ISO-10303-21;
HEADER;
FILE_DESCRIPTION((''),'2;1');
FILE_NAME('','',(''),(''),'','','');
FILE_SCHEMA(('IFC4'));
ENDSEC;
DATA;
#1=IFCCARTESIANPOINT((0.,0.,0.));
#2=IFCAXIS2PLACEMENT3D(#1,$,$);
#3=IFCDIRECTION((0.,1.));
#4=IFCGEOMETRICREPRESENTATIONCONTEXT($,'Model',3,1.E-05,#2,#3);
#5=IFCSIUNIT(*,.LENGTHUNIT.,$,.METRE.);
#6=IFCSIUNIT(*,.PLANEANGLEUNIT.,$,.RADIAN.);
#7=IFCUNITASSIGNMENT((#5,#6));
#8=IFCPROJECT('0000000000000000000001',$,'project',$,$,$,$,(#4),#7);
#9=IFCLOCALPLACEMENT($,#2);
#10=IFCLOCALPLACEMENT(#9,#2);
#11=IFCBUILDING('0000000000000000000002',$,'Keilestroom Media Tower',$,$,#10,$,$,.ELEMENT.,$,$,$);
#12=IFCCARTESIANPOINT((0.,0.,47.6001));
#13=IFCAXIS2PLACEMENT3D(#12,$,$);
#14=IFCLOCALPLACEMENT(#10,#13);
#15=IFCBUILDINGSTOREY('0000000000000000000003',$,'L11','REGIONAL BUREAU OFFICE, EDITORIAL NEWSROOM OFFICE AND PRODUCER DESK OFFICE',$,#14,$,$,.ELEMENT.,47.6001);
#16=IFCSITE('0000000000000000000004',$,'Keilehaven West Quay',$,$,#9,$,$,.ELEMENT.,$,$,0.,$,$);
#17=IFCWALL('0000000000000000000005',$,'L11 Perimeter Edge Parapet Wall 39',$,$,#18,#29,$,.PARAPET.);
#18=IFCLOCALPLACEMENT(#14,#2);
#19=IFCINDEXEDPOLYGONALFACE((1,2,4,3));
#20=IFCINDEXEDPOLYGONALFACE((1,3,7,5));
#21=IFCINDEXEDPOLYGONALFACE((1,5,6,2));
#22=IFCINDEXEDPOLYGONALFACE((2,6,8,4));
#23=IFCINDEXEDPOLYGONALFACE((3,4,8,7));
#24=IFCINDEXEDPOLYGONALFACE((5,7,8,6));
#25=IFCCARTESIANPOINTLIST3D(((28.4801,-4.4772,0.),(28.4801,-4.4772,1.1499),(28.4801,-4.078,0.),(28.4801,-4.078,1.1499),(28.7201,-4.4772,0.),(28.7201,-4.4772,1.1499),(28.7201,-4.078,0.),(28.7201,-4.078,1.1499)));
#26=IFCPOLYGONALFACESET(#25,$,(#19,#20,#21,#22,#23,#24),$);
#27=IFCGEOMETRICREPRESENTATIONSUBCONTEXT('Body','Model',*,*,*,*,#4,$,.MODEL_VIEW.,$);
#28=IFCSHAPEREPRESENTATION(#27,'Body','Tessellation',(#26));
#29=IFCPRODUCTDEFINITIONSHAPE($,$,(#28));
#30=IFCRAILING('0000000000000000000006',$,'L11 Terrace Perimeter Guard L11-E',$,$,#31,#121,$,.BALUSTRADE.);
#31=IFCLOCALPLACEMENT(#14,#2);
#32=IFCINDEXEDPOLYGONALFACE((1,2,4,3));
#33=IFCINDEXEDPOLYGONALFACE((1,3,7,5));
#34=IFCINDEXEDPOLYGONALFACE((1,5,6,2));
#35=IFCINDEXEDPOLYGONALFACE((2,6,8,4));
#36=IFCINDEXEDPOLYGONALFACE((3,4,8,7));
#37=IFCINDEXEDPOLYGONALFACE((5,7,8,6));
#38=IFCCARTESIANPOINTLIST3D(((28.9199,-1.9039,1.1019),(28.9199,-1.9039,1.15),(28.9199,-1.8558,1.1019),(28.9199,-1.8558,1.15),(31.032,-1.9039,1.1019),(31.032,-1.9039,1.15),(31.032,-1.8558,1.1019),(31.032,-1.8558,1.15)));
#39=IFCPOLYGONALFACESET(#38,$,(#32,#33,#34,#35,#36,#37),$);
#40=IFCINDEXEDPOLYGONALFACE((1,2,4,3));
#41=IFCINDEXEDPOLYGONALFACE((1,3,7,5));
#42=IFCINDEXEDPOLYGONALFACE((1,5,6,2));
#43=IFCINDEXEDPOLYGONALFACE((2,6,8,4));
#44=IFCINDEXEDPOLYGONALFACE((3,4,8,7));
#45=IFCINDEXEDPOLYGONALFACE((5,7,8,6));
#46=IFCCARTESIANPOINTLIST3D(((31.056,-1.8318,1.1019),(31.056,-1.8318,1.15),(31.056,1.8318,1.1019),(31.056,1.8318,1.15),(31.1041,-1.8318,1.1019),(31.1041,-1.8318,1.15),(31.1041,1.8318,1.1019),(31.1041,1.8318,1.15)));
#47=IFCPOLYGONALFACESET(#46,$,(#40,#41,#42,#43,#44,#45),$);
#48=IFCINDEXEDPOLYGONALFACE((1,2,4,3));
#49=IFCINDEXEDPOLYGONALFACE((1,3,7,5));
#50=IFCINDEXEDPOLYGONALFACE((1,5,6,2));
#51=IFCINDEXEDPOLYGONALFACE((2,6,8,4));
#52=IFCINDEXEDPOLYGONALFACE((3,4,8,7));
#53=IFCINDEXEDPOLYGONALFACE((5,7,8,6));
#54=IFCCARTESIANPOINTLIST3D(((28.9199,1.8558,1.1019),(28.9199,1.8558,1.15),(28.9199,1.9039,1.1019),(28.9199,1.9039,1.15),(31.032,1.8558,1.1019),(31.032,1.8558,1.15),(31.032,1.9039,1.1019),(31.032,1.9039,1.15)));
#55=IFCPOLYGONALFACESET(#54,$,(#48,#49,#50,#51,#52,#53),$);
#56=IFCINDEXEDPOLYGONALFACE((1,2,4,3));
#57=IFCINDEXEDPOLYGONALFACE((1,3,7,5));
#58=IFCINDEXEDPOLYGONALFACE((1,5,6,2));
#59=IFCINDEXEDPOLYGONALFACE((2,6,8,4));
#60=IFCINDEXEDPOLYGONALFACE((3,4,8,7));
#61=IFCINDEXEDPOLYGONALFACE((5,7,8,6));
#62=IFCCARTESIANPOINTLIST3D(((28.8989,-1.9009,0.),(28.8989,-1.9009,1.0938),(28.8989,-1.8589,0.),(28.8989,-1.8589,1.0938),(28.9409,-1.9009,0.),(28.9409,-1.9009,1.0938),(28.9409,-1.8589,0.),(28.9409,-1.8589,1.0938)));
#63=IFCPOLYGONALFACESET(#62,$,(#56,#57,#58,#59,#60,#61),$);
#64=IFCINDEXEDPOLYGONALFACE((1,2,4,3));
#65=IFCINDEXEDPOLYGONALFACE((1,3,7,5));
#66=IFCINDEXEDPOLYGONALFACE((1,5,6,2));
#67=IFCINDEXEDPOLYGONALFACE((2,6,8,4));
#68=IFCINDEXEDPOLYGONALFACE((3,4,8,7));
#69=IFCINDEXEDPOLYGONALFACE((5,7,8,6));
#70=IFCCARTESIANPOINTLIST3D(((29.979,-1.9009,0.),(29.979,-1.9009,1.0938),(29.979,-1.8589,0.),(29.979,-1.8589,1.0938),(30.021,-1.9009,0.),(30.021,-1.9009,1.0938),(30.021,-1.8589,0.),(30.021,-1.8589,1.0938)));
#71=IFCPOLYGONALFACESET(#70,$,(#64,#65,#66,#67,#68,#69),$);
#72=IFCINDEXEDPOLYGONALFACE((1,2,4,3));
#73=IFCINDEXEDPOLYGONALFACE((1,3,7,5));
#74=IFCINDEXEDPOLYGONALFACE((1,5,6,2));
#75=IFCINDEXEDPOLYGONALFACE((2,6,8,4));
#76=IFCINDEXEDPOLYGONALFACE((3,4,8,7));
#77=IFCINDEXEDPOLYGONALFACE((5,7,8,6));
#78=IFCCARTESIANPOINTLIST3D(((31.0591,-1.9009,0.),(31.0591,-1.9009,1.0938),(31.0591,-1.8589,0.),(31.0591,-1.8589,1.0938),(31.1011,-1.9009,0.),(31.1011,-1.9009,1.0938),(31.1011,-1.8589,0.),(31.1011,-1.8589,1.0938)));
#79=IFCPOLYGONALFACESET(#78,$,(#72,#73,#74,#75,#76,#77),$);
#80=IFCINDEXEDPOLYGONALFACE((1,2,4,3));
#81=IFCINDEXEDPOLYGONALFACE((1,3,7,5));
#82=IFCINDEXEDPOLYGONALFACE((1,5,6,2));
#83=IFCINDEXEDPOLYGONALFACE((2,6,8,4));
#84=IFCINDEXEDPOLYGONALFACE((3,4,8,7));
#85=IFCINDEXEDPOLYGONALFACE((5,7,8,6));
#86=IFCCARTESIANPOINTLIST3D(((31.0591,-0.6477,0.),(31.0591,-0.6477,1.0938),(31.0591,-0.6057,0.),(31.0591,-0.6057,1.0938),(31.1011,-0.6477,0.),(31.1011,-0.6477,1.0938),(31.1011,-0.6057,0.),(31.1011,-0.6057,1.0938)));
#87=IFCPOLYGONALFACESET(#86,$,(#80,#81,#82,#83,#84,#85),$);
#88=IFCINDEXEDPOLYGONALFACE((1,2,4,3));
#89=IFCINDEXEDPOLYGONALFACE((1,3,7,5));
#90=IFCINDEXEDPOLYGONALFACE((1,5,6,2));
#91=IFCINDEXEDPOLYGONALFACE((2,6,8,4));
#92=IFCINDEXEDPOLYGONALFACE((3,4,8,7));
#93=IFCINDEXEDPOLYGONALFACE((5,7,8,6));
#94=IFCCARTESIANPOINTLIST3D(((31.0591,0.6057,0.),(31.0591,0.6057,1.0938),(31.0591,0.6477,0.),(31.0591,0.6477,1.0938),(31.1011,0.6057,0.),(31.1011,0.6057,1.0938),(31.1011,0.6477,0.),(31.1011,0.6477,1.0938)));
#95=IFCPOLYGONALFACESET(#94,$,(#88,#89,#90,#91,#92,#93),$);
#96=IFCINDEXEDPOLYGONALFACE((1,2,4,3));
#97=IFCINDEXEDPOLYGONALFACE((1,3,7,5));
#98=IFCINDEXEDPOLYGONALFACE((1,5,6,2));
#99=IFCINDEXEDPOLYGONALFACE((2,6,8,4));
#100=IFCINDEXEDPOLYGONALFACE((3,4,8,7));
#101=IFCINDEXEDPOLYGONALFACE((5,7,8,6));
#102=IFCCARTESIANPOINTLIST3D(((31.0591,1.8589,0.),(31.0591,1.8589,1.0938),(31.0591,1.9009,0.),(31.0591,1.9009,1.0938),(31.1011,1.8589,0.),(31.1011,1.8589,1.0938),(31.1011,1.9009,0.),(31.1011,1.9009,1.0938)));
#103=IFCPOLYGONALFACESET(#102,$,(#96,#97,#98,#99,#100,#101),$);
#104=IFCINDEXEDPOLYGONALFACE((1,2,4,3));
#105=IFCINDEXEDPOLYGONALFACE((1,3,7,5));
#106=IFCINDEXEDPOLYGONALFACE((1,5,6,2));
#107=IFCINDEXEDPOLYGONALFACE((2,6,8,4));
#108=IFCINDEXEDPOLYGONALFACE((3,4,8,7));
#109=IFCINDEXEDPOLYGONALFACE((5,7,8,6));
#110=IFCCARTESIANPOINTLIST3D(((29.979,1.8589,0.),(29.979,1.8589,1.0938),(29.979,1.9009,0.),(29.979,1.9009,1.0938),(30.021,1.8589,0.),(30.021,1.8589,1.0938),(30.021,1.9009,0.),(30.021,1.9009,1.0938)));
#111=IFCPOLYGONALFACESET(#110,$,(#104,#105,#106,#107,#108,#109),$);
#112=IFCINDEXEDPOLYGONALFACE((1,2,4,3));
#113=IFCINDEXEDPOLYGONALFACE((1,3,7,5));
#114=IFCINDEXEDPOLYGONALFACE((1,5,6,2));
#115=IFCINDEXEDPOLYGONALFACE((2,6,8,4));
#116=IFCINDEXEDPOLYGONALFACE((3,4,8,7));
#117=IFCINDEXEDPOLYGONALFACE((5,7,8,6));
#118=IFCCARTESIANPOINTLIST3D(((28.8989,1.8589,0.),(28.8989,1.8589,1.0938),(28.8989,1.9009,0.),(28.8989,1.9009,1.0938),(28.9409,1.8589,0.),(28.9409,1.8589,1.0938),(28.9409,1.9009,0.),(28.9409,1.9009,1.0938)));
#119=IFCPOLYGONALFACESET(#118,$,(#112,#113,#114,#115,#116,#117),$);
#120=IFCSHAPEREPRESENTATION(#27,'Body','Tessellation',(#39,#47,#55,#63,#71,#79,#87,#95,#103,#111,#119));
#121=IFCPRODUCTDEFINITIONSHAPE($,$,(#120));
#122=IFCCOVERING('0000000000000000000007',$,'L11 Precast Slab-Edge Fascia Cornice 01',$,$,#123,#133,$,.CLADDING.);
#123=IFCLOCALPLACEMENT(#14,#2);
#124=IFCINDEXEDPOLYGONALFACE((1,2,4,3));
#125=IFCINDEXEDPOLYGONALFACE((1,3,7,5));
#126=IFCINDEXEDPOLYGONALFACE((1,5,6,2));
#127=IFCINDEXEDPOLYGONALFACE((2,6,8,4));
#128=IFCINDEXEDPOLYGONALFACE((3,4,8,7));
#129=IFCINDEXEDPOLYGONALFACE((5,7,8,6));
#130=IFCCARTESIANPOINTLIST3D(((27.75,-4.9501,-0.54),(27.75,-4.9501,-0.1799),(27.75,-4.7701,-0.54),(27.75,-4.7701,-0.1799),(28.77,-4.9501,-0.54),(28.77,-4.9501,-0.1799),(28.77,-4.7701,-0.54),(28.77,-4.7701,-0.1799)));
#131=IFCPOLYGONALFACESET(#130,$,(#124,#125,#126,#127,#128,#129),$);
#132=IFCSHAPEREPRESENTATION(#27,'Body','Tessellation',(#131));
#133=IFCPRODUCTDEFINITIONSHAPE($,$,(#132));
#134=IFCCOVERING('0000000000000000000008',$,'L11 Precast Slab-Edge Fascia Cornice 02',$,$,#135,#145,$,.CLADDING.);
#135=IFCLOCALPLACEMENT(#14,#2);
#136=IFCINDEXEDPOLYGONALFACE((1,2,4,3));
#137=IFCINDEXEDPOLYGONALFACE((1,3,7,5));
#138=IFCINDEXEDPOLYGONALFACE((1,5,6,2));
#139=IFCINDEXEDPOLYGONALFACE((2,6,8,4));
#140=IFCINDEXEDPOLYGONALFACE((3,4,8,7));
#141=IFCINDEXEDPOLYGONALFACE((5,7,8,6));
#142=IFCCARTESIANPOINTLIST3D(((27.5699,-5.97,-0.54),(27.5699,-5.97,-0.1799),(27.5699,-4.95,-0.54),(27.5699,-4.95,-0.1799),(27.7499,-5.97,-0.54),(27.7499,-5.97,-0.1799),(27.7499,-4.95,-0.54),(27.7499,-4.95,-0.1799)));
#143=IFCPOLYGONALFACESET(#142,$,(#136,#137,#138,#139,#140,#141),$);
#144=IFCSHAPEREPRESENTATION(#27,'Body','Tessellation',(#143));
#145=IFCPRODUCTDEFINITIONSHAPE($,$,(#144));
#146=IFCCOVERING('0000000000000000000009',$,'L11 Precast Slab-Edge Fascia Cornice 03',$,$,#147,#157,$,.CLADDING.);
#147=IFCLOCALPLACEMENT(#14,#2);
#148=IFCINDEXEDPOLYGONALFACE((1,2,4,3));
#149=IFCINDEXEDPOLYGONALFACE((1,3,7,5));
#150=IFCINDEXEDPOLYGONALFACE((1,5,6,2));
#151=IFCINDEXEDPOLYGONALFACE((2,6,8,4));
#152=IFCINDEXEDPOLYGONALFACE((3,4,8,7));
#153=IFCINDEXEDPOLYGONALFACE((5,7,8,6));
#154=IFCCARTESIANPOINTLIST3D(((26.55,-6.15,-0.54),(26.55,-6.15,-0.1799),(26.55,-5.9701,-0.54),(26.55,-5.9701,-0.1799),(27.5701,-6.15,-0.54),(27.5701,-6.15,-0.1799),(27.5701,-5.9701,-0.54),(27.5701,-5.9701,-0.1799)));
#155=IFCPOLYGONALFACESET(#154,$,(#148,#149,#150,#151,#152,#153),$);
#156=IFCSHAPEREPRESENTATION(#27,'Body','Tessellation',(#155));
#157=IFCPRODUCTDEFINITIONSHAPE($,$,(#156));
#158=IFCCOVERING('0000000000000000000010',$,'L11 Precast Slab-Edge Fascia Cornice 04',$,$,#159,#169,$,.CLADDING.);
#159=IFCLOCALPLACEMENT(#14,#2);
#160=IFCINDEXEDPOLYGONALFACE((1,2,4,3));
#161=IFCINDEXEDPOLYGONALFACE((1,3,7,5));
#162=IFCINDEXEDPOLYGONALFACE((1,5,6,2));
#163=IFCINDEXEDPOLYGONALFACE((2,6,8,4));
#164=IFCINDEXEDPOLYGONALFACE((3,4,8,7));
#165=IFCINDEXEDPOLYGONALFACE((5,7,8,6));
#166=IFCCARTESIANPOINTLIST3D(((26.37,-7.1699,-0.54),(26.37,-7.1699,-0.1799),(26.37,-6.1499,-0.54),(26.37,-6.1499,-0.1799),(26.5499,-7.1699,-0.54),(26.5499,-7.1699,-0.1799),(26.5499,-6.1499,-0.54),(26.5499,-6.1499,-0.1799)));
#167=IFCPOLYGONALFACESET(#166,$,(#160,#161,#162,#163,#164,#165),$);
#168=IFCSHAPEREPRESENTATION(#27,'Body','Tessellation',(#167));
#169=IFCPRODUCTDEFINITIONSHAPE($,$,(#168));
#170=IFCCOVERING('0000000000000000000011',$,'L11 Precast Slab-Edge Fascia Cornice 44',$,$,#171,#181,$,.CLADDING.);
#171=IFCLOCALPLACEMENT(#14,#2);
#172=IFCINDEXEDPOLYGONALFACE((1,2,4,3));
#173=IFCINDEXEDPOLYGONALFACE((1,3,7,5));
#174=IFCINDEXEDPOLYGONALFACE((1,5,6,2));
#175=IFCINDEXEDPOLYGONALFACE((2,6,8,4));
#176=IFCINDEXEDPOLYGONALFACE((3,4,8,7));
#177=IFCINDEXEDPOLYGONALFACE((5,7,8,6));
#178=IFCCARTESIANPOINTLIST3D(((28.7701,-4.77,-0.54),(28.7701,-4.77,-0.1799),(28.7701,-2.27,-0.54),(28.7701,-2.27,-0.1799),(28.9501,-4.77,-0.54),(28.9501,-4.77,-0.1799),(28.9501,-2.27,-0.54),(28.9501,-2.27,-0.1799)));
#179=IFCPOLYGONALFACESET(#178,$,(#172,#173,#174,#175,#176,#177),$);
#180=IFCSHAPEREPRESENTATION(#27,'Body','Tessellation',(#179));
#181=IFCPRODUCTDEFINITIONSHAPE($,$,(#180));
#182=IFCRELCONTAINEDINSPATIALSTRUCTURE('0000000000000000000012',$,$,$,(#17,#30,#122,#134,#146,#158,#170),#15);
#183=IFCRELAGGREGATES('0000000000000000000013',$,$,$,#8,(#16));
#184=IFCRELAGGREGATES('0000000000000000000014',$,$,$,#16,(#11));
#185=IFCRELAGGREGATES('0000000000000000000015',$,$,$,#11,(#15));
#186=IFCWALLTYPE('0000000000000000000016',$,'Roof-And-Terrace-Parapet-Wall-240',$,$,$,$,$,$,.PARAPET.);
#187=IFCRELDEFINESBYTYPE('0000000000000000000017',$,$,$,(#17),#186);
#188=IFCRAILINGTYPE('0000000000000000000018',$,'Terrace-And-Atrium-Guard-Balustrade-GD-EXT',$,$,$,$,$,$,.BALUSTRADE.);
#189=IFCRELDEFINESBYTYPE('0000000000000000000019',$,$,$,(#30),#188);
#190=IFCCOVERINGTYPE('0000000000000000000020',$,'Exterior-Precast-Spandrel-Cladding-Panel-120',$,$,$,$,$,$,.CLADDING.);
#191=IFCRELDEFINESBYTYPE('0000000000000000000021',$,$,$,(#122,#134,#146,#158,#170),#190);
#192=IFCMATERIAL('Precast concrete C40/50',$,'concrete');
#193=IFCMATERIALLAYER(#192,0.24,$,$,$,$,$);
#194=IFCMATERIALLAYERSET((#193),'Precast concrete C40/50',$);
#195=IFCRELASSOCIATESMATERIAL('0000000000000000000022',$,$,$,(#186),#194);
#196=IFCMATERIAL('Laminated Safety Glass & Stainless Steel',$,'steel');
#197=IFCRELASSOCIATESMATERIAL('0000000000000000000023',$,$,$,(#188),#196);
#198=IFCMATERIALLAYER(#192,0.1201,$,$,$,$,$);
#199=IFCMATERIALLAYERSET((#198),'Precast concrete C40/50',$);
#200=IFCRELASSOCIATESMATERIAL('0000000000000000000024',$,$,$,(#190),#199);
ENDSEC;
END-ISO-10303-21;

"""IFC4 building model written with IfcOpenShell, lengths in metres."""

from ifc_helpers import new_model, si_unit, direction, frame, frame_2d, origin, origin_2d, place, context, subcontext, project, spatial, rectangle, extrude, source, transform, mapped, material, layer, layer_set, type_object, element, save


model = new_model("IFC4")

# Units and contexts
model_context = context("Model", 3, precision=1e-05, world=origin(), true_north=direction((0.0, 1.0)))
body_context = subcontext(model_context, "Body", "Model", "MODEL_VIEW")
ifc_project = project(units=[si_unit("LENGTHUNIT", "METRE"), si_unit("PLANEANGLEUNIT", "RADIAN")], contexts=[model_context])

# Site, building, storey
site_placement = place(None, origin())
site = spatial("IfcSite", under=ifc_project, at=site_placement, Name="Keilehaven West Quay", CompositionType="ELEMENT", RefElevation=0.0)
building_placement = place(site_placement, origin())
building = spatial("IfcBuilding", under=site, at=building_placement, Name="Keilestroom Media Tower", CompositionType="ELEMENT")
storey_placement = place(building_placement, frame((0.0, 0.0, 47.6001)))
storey = spatial("IfcBuildingStorey", under=building, at=storey_placement, Name="L11", Description="REGIONAL BUREAU OFFICE, EDITORIAL NEWSROOM OFFICE AND PRODUCER DESK OFFICE", CompositionType="ELEMENT", Elevation=47.6001)

# Shared definitions
ifc_material_1 = material(Name="Precast concrete C40/50", Category="concrete")

# Wall
ifc_layer_1 = layer(ifc_material_1, 0.24)
ifc_layer_set_1 = layer_set([ifc_layer_1], Name="Precast concrete C40/50")
wall_type_1 = type_object("IfcWallType", Name="Roof-And-Terrace-Parapet-Wall-240", PredefinedType="PARAPET", material=ifc_layer_set_1)
wall_1_placement = place(storey_placement, frame((28.6001, -4.0779, 0.0), z_axis=(0.0, 0.0, 1.0), x_axis=(0.0, -1.0, 0.0)))
element("IfcWall", 1, at=wall_1_placement, inside=storey, type_object=wall_type_1, Name="L11 Perimeter Edge Parapet Wall 39", PredefinedType="PARAPET", context=body_context, shape_type="SweptSolid", body=[
    extrude(rectangle(XDim=0.3992, YDim=0.24, at=frame_2d((0.1997, 0.0))), origin(), (0.0, 0.0, 1.0), 1.1499),
])

# Railing
ifc_material_2 = material(Name="Laminated Safety Glass & Stainless Steel", Category="steel")
railing_type = type_object("IfcRailingType", Name="Terrace-And-Atrium-Guard-Balustrade-GD-EXT", PredefinedType="BALUSTRADE", material=ifc_material_2)
railing_placement = place(storey_placement, frame((28.9199, -1.8799, 0.0)))
element("IfcRailing", 2, at=railing_placement, inside=storey, type_object=railing_type, Name="L11 Terrace Perimeter Guard L11-E", PredefinedType="BALUSTRADE", context=body_context, shape_type="SweptSolid", body=[
    extrude(rectangle(XDim=0.0481, YDim=0.0481, at=origin_2d()), frame((0.0, 0.0, 1.126), z_axis=(1.0, 0.0, 0.0), x_axis=(0.0, 1.0, 0.0)), (0.0, 0.0, 1.0), 2.1121),
    extrude(rectangle(XDim=0.0481, YDim=0.0481, at=origin_2d()), frame((2.1602, 0.0481, 1.126), z_axis=(0.0, 1.0, 0.0), x_axis=(-1.0, 0.0, 0.0)), (0.0, 0.0, 1.0), 3.6636),
    extrude(rectangle(XDim=0.0481, YDim=0.0481, at=origin_2d()), frame((2.1121, 3.7598, 1.126), z_axis=(-1.0, 0.0, 0.0), x_axis=(0.0, -1.0, 0.0)), (0.0, 0.0, 1.0), 2.1121),
    extrude(rectangle(XDim=0.042, YDim=0.042, at=origin_2d()), origin(), (0.0, 0.0, 1.0), 1.0938),
    extrude(rectangle(XDim=0.042, YDim=0.042, at=origin_2d()), frame((1.0801, 0.0, 0.0)), (0.0, 0.0, 1.0), 1.0938),
    extrude(rectangle(XDim=0.042, YDim=0.042, at=origin_2d()), frame((2.1602, 0.0, 0.0)), (0.0, 0.0, 1.0), 1.0938),
    extrude(rectangle(XDim=0.042, YDim=0.042, at=origin_2d()), frame((2.1602, 1.2532, 0.0)), (0.0, 0.0, 1.0), 1.0938),
    extrude(rectangle(XDim=0.042, YDim=0.042, at=origin_2d()), frame((2.1602, 2.5066, 0.0)), (0.0, 0.0, 1.0), 1.0938),
    extrude(rectangle(XDim=0.042, YDim=0.042, at=origin_2d()), frame((2.1602, 3.7598, 0.0)), (0.0, 0.0, 1.0), 1.0938),
    extrude(rectangle(XDim=0.042, YDim=0.042, at=origin_2d()), frame((1.0801, 3.7598, 0.0)), (0.0, 0.0, 1.0), 1.0938),
    extrude(rectangle(XDim=0.042, YDim=0.042, at=origin_2d()), frame((0.0, 3.7598, 0.0)), (0.0, 0.0, 1.0), 1.0938),
])

# Coverings
ifc_layer_2 = layer(ifc_material_1, 0.1201)
ifc_layer_set_2 = layer_set([ifc_layer_2], Name="Precast concrete C40/50")
covering_type = type_object("IfcCoveringType", Name="Exterior-Precast-Spandrel-Cladding-Panel-120", PredefinedType="CLADDING", material=ifc_layer_set_2)
shared_shape_1 = source(origin(), body_context, "Body", "SweptSolid", [
    extrude(rectangle(XDim=1.02, YDim=0.1799, at=origin_2d()), origin(), (0.0, 0.0, 1.0), 0.3601),
])
for number, where, z_axis, x_axis, name in (
    (3, (28.26, -4.8601, -0.54), (0.0, 0.0, 1.0), (-1.0, 0.0, 0.0), "L11 Precast Slab-Edge Fascia Cornice 01"),
    (4, (27.6599, -5.46, -0.54), (0.0, 0.0, 1.0), (0.0, -1.0, 0.0), "L11 Precast Slab-Edge Fascia Cornice 02"),
    (5, (27.0601, -6.0601, -0.54), (0.0, 0.0, 1.0), (-1.0, 0.0, 0.0), "L11 Precast Slab-Edge Fascia Cornice 03"),
    (6, (26.46, -6.6599, -0.54), (0.0, 0.0, 1.0), (0.0, -1.0, 0.0), "L11 Precast Slab-Edge Fascia Cornice 04"),
):
    element("IfcCovering", number, at=place(storey_placement, frame(where, z_axis=z_axis, x_axis=x_axis)), inside=storey, type_object=covering_type, Name=name, PredefinedType="CLADDING", context=body_context, shape_type="MappedRepresentation", body=[
        mapped(shared_shape_1, transform((0.0, 0.0, 0.0), x_axis=(1.0, 0.0, 0.0), y_axis=(0.0, 1.0, 0.0), z_axis=(0.0, 0.0, 1.0), scale=1.0)),
    ])
shared_shape_2 = source(origin(), body_context, "Body", "SweptSolid", [
    extrude(rectangle(XDim=2.5, YDim=0.1799, at=origin_2d()), origin(), (0.0, 0.0, 1.0), 0.3601),
])
covering_placement = place(storey_placement, frame((28.8601, -3.52, -0.54), z_axis=(0.0, 0.0, 1.0), x_axis=(0.0, -1.0, 0.0)))
element("IfcCovering", 7, at=covering_placement, inside=storey, type_object=covering_type, Name="L11 Precast Slab-Edge Fascia Cornice 44", PredefinedType="CLADDING", context=body_context, shape_type="MappedRepresentation", body=[
    mapped(shared_shape_2, transform((0.0, 0.0, 0.0), x_axis=(1.0, 0.0, 0.0), y_axis=(0.0, 1.0, 0.0), z_axis=(0.0, 0.0, 1.0), scale=1.0)),
])

save(model, "model.ifc")
